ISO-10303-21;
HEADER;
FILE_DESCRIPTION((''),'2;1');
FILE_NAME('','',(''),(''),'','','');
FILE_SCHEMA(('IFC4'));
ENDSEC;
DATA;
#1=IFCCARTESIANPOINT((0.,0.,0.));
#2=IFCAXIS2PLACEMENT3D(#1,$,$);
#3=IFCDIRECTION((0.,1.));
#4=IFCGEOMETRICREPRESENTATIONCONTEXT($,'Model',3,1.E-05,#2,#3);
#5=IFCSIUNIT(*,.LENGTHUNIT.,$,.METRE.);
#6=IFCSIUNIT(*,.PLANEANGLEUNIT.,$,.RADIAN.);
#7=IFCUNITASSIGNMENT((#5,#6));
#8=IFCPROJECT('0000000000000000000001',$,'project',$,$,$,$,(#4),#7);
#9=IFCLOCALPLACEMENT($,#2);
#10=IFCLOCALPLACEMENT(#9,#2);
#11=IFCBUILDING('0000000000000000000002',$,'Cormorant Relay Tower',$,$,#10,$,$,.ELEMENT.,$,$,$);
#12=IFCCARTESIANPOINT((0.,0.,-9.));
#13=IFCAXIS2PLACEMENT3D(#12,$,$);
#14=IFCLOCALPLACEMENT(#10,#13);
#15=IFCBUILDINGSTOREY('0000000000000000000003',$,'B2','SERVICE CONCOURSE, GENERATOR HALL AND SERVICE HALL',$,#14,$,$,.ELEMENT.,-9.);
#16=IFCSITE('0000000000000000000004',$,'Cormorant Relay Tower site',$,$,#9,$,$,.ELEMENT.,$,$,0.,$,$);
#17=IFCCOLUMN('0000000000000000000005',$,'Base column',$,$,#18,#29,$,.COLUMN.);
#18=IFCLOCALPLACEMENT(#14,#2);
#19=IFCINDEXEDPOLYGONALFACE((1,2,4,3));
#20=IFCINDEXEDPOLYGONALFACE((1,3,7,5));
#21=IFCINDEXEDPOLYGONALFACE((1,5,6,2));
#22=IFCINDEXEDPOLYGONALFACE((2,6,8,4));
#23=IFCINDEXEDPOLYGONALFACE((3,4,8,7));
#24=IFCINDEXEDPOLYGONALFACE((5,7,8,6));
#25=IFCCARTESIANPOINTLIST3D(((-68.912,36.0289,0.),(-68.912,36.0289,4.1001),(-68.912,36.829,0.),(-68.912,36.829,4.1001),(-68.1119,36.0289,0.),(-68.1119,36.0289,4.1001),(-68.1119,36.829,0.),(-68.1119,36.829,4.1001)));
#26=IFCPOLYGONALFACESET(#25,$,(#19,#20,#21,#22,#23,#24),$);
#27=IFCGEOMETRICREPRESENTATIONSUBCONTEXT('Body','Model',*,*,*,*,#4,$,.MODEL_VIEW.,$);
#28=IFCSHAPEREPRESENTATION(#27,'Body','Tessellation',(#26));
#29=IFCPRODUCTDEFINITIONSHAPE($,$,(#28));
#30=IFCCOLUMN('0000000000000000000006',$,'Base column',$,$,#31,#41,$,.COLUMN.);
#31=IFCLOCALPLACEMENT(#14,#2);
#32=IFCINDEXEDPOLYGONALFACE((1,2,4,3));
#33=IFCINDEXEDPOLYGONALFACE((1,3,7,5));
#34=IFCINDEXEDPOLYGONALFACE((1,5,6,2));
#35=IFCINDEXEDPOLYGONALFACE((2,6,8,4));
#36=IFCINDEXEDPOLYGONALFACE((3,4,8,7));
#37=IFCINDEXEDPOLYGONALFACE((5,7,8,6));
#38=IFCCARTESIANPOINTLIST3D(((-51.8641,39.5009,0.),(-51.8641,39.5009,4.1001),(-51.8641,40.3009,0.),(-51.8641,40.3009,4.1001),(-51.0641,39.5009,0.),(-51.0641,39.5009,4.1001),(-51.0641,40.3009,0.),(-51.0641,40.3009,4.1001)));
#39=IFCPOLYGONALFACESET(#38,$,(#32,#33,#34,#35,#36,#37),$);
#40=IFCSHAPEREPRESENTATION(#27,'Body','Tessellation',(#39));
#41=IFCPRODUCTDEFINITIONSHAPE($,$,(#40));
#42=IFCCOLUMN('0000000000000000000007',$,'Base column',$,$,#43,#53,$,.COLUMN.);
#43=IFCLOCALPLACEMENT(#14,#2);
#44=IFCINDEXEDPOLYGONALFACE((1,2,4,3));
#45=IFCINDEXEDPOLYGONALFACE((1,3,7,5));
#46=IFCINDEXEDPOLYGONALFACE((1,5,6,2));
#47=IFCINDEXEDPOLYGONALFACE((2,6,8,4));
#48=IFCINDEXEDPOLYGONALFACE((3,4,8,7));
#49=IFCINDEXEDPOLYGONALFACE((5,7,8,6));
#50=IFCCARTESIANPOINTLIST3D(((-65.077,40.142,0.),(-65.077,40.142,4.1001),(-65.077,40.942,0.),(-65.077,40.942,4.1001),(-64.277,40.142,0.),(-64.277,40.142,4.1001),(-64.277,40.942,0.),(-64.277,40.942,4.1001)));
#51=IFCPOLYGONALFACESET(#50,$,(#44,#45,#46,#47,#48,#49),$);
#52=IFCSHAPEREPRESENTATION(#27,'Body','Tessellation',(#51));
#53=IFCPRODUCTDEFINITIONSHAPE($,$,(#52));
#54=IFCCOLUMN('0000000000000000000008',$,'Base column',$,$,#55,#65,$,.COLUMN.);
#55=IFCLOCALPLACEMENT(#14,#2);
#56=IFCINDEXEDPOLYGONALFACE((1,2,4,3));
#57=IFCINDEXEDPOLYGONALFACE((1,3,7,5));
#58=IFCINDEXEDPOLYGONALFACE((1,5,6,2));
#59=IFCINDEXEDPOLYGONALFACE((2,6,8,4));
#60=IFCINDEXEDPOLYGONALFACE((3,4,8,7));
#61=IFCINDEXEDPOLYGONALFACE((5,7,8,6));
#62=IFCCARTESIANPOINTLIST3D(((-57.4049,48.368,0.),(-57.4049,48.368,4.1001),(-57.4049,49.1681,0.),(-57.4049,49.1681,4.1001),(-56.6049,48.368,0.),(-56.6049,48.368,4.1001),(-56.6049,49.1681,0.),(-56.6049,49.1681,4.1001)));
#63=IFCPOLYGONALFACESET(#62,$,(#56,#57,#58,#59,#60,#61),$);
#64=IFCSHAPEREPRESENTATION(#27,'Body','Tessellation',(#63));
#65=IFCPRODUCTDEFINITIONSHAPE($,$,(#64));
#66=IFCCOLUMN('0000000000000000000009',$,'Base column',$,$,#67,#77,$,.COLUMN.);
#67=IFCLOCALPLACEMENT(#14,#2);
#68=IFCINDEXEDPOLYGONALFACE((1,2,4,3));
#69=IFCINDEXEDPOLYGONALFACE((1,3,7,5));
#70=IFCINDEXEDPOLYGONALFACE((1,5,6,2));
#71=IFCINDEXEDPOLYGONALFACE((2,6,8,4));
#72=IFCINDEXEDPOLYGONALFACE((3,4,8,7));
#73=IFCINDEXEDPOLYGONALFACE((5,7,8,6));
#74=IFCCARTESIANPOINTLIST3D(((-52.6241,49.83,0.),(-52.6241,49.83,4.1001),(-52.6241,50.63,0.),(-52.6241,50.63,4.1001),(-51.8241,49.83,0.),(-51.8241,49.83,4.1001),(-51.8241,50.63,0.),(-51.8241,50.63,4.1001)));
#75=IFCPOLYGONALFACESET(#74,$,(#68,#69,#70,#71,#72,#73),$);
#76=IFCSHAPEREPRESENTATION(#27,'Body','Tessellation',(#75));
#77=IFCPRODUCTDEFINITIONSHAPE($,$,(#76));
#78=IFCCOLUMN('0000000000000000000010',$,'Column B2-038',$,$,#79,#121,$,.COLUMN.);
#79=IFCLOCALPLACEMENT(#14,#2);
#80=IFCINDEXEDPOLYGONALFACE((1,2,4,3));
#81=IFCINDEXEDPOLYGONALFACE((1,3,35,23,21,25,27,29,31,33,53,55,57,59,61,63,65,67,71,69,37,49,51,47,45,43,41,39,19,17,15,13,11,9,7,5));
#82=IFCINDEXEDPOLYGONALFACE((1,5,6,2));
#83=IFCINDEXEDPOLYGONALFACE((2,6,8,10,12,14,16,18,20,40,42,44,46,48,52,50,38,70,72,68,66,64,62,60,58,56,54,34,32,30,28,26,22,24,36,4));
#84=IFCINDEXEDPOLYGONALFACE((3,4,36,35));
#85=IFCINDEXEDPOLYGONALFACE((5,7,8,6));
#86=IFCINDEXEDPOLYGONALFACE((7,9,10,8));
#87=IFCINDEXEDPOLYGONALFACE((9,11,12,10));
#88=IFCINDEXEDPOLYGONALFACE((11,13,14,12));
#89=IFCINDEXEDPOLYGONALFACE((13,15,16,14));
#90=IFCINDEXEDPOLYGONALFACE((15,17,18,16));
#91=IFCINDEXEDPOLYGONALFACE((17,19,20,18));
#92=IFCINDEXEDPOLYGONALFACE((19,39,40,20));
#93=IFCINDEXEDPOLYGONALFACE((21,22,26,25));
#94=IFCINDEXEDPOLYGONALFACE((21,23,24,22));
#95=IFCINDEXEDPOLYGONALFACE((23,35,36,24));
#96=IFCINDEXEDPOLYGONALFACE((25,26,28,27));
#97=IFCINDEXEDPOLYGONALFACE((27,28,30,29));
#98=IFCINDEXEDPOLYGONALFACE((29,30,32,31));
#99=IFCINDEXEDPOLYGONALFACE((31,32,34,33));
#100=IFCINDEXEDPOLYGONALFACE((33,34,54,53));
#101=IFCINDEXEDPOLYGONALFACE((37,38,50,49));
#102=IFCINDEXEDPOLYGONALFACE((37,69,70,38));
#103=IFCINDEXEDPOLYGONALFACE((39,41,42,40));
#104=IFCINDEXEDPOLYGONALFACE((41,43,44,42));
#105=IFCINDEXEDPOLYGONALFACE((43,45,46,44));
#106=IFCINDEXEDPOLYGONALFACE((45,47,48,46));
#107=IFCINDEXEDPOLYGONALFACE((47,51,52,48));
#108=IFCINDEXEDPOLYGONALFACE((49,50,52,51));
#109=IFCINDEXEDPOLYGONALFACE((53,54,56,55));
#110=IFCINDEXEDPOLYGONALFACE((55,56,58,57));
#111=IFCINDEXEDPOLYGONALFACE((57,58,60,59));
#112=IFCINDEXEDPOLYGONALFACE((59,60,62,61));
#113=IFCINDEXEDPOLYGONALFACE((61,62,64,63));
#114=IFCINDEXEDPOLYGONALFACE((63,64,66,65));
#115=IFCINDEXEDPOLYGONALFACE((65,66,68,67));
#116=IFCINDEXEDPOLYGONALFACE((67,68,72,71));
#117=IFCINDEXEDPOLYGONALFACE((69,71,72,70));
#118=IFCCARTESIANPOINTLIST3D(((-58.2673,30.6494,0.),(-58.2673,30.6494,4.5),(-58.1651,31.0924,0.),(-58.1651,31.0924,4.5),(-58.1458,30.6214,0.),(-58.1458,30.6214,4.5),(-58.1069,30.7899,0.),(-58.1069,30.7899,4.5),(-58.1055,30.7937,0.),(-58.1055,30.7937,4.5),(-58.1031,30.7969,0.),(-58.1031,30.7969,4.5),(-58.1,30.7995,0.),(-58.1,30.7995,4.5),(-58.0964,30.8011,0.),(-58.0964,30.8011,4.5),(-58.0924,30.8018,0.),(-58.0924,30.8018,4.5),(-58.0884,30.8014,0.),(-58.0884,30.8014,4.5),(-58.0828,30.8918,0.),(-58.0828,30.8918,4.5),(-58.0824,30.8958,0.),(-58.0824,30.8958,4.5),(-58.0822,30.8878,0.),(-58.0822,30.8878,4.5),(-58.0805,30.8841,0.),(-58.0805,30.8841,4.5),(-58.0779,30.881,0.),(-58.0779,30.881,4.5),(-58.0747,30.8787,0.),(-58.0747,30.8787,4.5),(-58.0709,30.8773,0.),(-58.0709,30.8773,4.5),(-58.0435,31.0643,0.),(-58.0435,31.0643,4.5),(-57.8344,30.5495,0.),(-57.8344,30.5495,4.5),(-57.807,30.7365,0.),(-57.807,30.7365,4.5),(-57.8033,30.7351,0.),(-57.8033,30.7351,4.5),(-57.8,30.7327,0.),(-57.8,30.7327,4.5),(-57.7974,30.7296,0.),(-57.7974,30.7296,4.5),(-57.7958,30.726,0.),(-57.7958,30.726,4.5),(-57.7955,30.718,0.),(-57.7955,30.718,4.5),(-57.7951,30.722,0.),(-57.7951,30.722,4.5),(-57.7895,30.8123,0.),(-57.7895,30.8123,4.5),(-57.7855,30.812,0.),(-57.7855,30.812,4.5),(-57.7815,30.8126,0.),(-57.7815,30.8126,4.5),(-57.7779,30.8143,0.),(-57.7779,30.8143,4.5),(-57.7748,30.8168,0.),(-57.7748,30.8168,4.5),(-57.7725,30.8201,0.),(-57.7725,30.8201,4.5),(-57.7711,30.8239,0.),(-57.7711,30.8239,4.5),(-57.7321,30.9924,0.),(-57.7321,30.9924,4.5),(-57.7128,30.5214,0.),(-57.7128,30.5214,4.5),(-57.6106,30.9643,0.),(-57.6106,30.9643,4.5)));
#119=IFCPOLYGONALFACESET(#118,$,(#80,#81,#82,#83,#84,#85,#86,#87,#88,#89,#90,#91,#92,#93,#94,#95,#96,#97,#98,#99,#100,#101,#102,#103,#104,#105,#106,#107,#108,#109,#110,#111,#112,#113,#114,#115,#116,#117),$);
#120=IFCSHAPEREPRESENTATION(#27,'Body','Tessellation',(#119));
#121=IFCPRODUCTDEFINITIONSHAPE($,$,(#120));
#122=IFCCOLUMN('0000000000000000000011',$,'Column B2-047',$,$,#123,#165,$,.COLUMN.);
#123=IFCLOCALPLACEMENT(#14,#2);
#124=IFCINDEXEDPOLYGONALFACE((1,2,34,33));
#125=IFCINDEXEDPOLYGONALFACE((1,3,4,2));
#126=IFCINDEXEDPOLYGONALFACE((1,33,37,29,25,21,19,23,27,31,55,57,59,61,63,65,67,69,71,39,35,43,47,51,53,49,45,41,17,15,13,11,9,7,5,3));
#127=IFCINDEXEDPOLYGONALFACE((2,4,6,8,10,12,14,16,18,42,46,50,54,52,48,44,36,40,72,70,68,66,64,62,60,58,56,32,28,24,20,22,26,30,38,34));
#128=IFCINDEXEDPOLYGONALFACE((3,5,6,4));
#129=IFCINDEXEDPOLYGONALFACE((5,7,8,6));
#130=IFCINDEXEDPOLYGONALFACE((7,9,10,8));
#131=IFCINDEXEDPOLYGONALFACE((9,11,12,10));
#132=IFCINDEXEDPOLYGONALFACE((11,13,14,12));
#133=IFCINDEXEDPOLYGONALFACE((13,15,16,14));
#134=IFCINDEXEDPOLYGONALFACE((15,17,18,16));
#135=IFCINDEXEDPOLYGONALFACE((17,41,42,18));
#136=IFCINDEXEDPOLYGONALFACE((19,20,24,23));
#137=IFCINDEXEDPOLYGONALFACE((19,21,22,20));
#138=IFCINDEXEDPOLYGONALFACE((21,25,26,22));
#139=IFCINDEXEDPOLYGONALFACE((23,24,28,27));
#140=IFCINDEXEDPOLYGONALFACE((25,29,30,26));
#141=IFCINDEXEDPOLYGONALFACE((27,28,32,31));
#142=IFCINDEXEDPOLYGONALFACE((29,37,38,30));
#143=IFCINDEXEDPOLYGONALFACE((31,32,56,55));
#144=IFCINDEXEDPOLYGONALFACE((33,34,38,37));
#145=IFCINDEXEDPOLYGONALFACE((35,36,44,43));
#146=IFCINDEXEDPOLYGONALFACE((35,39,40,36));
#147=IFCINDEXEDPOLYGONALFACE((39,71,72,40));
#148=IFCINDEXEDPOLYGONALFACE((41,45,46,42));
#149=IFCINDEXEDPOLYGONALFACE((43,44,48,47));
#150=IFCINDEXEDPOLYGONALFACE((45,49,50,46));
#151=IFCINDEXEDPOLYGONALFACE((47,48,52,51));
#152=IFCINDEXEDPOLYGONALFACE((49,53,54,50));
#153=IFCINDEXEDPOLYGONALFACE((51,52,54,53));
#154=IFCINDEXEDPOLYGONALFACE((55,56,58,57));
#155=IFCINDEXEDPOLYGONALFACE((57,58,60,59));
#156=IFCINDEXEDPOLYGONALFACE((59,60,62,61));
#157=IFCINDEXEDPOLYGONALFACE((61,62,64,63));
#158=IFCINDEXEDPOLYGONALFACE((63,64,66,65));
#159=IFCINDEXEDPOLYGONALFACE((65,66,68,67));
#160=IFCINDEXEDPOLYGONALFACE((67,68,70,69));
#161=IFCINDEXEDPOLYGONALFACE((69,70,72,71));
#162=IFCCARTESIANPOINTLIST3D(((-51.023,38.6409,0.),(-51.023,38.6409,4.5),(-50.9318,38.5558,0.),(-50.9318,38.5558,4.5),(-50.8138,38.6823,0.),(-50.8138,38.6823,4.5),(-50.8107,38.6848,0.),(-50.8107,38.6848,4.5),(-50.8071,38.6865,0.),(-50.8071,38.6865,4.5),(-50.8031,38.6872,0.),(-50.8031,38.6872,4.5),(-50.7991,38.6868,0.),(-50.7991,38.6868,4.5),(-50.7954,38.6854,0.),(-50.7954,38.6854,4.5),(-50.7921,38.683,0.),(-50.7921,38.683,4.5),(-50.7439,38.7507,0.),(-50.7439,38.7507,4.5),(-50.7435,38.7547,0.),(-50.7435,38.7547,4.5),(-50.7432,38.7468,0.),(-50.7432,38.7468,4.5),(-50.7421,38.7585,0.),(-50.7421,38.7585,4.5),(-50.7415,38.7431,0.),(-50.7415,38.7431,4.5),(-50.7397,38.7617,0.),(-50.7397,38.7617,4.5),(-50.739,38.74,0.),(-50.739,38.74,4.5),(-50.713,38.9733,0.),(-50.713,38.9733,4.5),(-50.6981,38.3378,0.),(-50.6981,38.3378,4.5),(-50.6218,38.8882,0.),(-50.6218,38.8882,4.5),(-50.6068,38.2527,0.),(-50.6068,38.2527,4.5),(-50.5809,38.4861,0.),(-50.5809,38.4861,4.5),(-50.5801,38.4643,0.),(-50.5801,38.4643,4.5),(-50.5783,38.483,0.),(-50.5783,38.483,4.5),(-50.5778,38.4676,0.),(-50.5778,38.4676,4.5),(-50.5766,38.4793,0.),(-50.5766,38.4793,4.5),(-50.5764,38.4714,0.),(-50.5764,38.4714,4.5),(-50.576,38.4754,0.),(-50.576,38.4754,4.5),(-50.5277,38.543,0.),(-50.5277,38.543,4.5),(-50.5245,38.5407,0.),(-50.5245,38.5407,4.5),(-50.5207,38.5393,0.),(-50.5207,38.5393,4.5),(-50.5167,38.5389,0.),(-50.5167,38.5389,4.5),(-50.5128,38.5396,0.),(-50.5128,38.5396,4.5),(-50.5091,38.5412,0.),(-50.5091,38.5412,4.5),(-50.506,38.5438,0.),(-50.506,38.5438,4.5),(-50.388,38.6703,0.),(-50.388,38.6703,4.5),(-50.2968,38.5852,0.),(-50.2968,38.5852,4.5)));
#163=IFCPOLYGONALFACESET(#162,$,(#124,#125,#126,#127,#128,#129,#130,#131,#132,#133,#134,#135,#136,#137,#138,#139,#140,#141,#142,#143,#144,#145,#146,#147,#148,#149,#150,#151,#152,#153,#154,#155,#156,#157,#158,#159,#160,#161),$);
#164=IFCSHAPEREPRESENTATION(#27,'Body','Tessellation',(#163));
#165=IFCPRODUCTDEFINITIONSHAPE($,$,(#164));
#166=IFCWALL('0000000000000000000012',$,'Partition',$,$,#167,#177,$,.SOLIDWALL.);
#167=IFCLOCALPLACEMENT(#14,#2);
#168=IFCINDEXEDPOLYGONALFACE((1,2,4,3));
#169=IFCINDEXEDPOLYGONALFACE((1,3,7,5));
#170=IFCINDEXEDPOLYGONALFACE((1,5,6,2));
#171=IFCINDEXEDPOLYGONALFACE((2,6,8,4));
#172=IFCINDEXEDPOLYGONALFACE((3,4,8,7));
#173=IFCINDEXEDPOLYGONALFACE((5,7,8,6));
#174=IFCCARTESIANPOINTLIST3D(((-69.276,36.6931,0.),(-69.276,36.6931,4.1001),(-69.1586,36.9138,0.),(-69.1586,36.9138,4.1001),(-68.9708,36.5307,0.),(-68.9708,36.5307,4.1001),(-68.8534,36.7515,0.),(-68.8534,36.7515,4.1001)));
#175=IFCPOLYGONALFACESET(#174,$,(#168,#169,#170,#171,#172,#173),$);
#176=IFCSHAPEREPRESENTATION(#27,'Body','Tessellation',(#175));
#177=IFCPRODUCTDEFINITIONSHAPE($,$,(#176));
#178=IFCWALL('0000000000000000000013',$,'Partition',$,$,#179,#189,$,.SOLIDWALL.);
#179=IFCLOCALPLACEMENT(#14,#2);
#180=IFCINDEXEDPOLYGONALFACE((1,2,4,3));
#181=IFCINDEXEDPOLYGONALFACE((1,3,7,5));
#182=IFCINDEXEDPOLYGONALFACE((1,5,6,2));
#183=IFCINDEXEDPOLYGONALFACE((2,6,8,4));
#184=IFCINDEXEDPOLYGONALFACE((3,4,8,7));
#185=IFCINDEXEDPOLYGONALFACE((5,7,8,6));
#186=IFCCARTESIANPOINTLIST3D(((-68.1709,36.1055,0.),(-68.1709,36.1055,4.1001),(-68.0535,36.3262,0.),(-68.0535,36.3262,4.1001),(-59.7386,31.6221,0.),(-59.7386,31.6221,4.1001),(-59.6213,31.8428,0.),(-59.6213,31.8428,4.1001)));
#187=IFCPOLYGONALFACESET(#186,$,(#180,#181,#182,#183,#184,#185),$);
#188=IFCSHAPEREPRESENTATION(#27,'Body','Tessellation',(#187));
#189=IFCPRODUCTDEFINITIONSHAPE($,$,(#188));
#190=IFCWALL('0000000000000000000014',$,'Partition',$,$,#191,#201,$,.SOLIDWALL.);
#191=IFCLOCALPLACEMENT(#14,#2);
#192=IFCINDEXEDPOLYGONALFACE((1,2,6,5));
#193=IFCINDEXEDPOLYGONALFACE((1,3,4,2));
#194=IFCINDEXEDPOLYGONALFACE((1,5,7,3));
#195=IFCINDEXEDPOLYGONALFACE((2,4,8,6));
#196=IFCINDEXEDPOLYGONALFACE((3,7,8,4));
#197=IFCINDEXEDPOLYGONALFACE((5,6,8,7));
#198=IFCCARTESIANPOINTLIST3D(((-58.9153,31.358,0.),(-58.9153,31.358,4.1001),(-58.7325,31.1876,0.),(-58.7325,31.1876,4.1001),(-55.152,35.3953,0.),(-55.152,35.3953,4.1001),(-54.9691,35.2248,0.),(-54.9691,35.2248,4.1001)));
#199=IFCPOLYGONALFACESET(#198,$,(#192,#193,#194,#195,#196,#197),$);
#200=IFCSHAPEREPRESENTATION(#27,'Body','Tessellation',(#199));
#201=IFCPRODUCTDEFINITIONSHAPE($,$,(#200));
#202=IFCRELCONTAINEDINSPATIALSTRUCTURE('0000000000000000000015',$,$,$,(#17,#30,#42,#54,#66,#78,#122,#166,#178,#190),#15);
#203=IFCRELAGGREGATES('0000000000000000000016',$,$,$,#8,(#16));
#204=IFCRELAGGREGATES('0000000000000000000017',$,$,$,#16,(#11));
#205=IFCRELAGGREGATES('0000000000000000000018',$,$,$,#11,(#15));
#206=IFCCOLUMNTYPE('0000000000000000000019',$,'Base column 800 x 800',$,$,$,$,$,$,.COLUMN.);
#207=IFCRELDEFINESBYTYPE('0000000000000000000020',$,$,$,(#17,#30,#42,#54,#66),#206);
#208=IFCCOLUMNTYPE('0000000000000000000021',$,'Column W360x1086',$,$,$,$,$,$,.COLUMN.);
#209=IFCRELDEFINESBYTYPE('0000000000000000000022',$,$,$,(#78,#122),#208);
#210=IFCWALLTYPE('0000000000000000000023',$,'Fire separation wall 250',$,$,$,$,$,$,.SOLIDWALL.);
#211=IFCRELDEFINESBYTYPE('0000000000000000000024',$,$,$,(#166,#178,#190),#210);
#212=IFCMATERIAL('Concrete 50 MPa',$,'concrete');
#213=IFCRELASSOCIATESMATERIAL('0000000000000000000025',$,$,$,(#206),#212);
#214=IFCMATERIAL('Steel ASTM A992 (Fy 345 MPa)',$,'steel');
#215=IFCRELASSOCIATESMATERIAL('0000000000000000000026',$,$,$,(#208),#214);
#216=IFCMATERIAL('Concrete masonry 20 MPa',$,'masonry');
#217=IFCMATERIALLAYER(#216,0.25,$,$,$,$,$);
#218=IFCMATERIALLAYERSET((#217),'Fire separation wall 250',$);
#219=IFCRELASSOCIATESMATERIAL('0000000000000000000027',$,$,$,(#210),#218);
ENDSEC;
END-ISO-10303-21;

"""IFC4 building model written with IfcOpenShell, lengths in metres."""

from ifc_helpers import new_model, si_unit, direction, frame, frame_2d, origin, origin_2d, place, context, subcontext, project, spatial, rectangle, i_section, extrude, material, layer, layer_set, material_profile, profile_set, type_object, element, save


model = new_model("IFC4")

# Units and contexts
model_context = context("Model", 3, precision=1e-05, world=origin(), true_north=direction((0.0, 1.0)))
body_context = subcontext(model_context, "Body", "Model", "MODEL_VIEW")
ifc_project = project(units=[si_unit("LENGTHUNIT", "METRE"), si_unit("PLANEANGLEUNIT", "RADIAN")], contexts=[model_context])

# Site, building, storey
site_placement = place(None, origin())
site = spatial("IfcSite", under=ifc_project, at=site_placement, Name="Cormorant Relay Tower site", CompositionType="ELEMENT", RefElevation=0.0)
building_placement = place(site_placement, origin())
building = spatial("IfcBuilding", under=site, at=building_placement, Name="Cormorant Relay Tower", CompositionType="ELEMENT")
storey_placement = place(building_placement, frame((0.0, 0.0, -9.0)))
storey = spatial("IfcBuildingStorey", under=building, at=storey_placement, Name="B2", Description="SERVICE CONCOURSE, GENERATOR HALL AND SERVICE HALL", CompositionType="ELEMENT", Elevation=-9.0)

# Columns
ifc_material_1 = material(Name="Concrete 50 MPa", Category="concrete")
ifc_material_profile_1 = material_profile(ifc_material_1, rectangle(XDim=0.8, YDim=0.8, at=origin_2d()), Name="RC 800x800")
ifc_profile_set_1 = profile_set([ifc_material_profile_1], Name="Concrete 50 MPa")
column_type_1 = type_object("IfcColumnType", Name="Base column 800 x 800", PredefinedType="COLUMN", material=ifc_profile_set_1)
for number, where, z_axis, x_axis, name in (
    (1, (-68.512, 36.429, 0.0), (0.0, 0.0, 1.0), (1.0, 0.0, 0.0), "Base column"),
    (2, (-51.4641, 39.9009, 0.0), (0.0, 0.0, 1.0), (1.0, 0.0, 0.0), "Base column"),
    (3, (-64.677, 40.542, 0.0), (0.0, 0.0, 1.0), (1.0, 0.0, 0.0), "Base column"),
    (4, (-57.0049, 48.7681, 0.0), (0.0, 0.0, 1.0), (1.0, 0.0, 0.0), "Base column"),
    (5, (-52.2241, 50.23, 0.0), (0.0, 0.0, 1.0), (1.0, 0.0, 0.0), "Base column"),
):
    element("IfcColumn", number, at=place(storey_placement, frame(where, z_axis=z_axis, x_axis=x_axis)), inside=storey, type_object=column_type_1, Name=name, PredefinedType="COLUMN", context=body_context, shape_type="SweptSolid", body=[
        extrude(rectangle(XDim=0.8, YDim=0.8, at=origin_2d()), origin(), (0.0, 0.0, 1.0), 4.1001),
    ])
ifc_material_2 = material(Name="Steel ASTM A992 (Fy 345 MPa)", Category="steel")
ifc_material_profile_2 = material_profile(ifc_material_2, i_section(OverallWidth=0.4546, OverallDepth=0.5691, WebThickness=0.0779, FlangeThickness=0.1248, FilletRadius=0.0154, at=origin_2d()), Name="W360x1086")
ifc_profile_set_2 = profile_set([ifc_material_profile_2], Name="Steel ASTM A992 (Fy 345 MPa)")
column_type_2 = type_object("IfcColumnType", Name="Column W360x1086", PredefinedType="COLUMN", material=ifc_profile_set_2)
for number, where, z_axis, x_axis, name in (
    (6, (-57.939, 30.8069, 0.0), (0.0, 0.0, 1.0), (-0.224951, -0.97437, 0.0), "Column B2-038"),
    (7, (-50.6599, 38.613, 0.0), (0.0, 0.0, 1.0), (-0.681998, -0.731354, 0.0), "Column B2-047"),
):
    element("IfcColumn", number, at=place(storey_placement, frame(where, z_axis=z_axis, x_axis=x_axis)), inside=storey, type_object=column_type_2, Name=name, PredefinedType="COLUMN", context=body_context, shape_type="SweptSolid", body=[
        extrude(i_section(OverallWidth=0.4546, OverallDepth=0.5691, WebThickness=0.0779, FlangeThickness=0.1248, FilletRadius=0.0154, at=origin_2d()), origin(), (0.0, 0.0, 1.0), 4.5),
    ])

# Walls
ifc_material_3 = material(Name="Concrete masonry 20 MPa", Category="masonry")
ifc_layer_1 = layer(ifc_material_3, 0.25)
ifc_layer_set_1 = layer_set([ifc_layer_1], Name="Fire separation wall 250")
wall_type_1 = type_object("IfcWallType", Name="Fire separation wall 250", PredefinedType="SOLIDWALL", material=ifc_layer_set_1)
wall_1_placement = place(storey_placement, frame((-69.2173, 36.8035, 0.0), z_axis=(0.0, 0.0, 1.0), x_axis=(0.882841, -0.469672, 0.0)))
element("IfcWall", 8, at=wall_1_placement, inside=storey, type_object=wall_type_1, Name="Partition", PredefinedType="SOLIDWALL", context=body_context, shape_type="SweptSolid", body=[
    extrude(rectangle(XDim=0.3457, YDim=0.25, at=frame_2d((0.1729, 0.0))), origin(), (0.0, 0.0, 1.0), 4.1001),
])
wall_2_placement = place(storey_placement, frame((-68.1121, 36.2158, 0.0), z_axis=(0.0, 0.0, 1.0), x_axis=(0.88295, -0.469468, 0.0)))
element("IfcWall", 9, at=wall_2_placement, inside=storey, type_object=wall_type_1, Name="Partition", PredefinedType="SOLIDWALL", context=body_context, shape_type="SweptSolid", body=[
    extrude(rectangle(XDim=9.55, YDim=0.25, at=frame_2d((4.7749, 0.0))), origin(), (0.0, 0.0, 1.0), 4.1001),
])
wall_3_placement = place(storey_placement, frame((-58.824, 31.2727, 0.0), z_axis=(0.0, 0.0, 1.0), x_axis=(0.681856, 0.731486, 0.0)))
element("IfcWall", 10, at=wall_3_placement, inside=storey, type_object=wall_type_1, Name="Partition", PredefinedType="SOLIDWALL", context=body_context, shape_type="SweptSolid", body=[
    extrude(rectangle(XDim=5.5193, YDim=0.25, at=frame_2d((2.7598, 0.0))), origin(), (0.0, 0.0, 1.0), 4.1001),
])

save(model, "model.ifc")
